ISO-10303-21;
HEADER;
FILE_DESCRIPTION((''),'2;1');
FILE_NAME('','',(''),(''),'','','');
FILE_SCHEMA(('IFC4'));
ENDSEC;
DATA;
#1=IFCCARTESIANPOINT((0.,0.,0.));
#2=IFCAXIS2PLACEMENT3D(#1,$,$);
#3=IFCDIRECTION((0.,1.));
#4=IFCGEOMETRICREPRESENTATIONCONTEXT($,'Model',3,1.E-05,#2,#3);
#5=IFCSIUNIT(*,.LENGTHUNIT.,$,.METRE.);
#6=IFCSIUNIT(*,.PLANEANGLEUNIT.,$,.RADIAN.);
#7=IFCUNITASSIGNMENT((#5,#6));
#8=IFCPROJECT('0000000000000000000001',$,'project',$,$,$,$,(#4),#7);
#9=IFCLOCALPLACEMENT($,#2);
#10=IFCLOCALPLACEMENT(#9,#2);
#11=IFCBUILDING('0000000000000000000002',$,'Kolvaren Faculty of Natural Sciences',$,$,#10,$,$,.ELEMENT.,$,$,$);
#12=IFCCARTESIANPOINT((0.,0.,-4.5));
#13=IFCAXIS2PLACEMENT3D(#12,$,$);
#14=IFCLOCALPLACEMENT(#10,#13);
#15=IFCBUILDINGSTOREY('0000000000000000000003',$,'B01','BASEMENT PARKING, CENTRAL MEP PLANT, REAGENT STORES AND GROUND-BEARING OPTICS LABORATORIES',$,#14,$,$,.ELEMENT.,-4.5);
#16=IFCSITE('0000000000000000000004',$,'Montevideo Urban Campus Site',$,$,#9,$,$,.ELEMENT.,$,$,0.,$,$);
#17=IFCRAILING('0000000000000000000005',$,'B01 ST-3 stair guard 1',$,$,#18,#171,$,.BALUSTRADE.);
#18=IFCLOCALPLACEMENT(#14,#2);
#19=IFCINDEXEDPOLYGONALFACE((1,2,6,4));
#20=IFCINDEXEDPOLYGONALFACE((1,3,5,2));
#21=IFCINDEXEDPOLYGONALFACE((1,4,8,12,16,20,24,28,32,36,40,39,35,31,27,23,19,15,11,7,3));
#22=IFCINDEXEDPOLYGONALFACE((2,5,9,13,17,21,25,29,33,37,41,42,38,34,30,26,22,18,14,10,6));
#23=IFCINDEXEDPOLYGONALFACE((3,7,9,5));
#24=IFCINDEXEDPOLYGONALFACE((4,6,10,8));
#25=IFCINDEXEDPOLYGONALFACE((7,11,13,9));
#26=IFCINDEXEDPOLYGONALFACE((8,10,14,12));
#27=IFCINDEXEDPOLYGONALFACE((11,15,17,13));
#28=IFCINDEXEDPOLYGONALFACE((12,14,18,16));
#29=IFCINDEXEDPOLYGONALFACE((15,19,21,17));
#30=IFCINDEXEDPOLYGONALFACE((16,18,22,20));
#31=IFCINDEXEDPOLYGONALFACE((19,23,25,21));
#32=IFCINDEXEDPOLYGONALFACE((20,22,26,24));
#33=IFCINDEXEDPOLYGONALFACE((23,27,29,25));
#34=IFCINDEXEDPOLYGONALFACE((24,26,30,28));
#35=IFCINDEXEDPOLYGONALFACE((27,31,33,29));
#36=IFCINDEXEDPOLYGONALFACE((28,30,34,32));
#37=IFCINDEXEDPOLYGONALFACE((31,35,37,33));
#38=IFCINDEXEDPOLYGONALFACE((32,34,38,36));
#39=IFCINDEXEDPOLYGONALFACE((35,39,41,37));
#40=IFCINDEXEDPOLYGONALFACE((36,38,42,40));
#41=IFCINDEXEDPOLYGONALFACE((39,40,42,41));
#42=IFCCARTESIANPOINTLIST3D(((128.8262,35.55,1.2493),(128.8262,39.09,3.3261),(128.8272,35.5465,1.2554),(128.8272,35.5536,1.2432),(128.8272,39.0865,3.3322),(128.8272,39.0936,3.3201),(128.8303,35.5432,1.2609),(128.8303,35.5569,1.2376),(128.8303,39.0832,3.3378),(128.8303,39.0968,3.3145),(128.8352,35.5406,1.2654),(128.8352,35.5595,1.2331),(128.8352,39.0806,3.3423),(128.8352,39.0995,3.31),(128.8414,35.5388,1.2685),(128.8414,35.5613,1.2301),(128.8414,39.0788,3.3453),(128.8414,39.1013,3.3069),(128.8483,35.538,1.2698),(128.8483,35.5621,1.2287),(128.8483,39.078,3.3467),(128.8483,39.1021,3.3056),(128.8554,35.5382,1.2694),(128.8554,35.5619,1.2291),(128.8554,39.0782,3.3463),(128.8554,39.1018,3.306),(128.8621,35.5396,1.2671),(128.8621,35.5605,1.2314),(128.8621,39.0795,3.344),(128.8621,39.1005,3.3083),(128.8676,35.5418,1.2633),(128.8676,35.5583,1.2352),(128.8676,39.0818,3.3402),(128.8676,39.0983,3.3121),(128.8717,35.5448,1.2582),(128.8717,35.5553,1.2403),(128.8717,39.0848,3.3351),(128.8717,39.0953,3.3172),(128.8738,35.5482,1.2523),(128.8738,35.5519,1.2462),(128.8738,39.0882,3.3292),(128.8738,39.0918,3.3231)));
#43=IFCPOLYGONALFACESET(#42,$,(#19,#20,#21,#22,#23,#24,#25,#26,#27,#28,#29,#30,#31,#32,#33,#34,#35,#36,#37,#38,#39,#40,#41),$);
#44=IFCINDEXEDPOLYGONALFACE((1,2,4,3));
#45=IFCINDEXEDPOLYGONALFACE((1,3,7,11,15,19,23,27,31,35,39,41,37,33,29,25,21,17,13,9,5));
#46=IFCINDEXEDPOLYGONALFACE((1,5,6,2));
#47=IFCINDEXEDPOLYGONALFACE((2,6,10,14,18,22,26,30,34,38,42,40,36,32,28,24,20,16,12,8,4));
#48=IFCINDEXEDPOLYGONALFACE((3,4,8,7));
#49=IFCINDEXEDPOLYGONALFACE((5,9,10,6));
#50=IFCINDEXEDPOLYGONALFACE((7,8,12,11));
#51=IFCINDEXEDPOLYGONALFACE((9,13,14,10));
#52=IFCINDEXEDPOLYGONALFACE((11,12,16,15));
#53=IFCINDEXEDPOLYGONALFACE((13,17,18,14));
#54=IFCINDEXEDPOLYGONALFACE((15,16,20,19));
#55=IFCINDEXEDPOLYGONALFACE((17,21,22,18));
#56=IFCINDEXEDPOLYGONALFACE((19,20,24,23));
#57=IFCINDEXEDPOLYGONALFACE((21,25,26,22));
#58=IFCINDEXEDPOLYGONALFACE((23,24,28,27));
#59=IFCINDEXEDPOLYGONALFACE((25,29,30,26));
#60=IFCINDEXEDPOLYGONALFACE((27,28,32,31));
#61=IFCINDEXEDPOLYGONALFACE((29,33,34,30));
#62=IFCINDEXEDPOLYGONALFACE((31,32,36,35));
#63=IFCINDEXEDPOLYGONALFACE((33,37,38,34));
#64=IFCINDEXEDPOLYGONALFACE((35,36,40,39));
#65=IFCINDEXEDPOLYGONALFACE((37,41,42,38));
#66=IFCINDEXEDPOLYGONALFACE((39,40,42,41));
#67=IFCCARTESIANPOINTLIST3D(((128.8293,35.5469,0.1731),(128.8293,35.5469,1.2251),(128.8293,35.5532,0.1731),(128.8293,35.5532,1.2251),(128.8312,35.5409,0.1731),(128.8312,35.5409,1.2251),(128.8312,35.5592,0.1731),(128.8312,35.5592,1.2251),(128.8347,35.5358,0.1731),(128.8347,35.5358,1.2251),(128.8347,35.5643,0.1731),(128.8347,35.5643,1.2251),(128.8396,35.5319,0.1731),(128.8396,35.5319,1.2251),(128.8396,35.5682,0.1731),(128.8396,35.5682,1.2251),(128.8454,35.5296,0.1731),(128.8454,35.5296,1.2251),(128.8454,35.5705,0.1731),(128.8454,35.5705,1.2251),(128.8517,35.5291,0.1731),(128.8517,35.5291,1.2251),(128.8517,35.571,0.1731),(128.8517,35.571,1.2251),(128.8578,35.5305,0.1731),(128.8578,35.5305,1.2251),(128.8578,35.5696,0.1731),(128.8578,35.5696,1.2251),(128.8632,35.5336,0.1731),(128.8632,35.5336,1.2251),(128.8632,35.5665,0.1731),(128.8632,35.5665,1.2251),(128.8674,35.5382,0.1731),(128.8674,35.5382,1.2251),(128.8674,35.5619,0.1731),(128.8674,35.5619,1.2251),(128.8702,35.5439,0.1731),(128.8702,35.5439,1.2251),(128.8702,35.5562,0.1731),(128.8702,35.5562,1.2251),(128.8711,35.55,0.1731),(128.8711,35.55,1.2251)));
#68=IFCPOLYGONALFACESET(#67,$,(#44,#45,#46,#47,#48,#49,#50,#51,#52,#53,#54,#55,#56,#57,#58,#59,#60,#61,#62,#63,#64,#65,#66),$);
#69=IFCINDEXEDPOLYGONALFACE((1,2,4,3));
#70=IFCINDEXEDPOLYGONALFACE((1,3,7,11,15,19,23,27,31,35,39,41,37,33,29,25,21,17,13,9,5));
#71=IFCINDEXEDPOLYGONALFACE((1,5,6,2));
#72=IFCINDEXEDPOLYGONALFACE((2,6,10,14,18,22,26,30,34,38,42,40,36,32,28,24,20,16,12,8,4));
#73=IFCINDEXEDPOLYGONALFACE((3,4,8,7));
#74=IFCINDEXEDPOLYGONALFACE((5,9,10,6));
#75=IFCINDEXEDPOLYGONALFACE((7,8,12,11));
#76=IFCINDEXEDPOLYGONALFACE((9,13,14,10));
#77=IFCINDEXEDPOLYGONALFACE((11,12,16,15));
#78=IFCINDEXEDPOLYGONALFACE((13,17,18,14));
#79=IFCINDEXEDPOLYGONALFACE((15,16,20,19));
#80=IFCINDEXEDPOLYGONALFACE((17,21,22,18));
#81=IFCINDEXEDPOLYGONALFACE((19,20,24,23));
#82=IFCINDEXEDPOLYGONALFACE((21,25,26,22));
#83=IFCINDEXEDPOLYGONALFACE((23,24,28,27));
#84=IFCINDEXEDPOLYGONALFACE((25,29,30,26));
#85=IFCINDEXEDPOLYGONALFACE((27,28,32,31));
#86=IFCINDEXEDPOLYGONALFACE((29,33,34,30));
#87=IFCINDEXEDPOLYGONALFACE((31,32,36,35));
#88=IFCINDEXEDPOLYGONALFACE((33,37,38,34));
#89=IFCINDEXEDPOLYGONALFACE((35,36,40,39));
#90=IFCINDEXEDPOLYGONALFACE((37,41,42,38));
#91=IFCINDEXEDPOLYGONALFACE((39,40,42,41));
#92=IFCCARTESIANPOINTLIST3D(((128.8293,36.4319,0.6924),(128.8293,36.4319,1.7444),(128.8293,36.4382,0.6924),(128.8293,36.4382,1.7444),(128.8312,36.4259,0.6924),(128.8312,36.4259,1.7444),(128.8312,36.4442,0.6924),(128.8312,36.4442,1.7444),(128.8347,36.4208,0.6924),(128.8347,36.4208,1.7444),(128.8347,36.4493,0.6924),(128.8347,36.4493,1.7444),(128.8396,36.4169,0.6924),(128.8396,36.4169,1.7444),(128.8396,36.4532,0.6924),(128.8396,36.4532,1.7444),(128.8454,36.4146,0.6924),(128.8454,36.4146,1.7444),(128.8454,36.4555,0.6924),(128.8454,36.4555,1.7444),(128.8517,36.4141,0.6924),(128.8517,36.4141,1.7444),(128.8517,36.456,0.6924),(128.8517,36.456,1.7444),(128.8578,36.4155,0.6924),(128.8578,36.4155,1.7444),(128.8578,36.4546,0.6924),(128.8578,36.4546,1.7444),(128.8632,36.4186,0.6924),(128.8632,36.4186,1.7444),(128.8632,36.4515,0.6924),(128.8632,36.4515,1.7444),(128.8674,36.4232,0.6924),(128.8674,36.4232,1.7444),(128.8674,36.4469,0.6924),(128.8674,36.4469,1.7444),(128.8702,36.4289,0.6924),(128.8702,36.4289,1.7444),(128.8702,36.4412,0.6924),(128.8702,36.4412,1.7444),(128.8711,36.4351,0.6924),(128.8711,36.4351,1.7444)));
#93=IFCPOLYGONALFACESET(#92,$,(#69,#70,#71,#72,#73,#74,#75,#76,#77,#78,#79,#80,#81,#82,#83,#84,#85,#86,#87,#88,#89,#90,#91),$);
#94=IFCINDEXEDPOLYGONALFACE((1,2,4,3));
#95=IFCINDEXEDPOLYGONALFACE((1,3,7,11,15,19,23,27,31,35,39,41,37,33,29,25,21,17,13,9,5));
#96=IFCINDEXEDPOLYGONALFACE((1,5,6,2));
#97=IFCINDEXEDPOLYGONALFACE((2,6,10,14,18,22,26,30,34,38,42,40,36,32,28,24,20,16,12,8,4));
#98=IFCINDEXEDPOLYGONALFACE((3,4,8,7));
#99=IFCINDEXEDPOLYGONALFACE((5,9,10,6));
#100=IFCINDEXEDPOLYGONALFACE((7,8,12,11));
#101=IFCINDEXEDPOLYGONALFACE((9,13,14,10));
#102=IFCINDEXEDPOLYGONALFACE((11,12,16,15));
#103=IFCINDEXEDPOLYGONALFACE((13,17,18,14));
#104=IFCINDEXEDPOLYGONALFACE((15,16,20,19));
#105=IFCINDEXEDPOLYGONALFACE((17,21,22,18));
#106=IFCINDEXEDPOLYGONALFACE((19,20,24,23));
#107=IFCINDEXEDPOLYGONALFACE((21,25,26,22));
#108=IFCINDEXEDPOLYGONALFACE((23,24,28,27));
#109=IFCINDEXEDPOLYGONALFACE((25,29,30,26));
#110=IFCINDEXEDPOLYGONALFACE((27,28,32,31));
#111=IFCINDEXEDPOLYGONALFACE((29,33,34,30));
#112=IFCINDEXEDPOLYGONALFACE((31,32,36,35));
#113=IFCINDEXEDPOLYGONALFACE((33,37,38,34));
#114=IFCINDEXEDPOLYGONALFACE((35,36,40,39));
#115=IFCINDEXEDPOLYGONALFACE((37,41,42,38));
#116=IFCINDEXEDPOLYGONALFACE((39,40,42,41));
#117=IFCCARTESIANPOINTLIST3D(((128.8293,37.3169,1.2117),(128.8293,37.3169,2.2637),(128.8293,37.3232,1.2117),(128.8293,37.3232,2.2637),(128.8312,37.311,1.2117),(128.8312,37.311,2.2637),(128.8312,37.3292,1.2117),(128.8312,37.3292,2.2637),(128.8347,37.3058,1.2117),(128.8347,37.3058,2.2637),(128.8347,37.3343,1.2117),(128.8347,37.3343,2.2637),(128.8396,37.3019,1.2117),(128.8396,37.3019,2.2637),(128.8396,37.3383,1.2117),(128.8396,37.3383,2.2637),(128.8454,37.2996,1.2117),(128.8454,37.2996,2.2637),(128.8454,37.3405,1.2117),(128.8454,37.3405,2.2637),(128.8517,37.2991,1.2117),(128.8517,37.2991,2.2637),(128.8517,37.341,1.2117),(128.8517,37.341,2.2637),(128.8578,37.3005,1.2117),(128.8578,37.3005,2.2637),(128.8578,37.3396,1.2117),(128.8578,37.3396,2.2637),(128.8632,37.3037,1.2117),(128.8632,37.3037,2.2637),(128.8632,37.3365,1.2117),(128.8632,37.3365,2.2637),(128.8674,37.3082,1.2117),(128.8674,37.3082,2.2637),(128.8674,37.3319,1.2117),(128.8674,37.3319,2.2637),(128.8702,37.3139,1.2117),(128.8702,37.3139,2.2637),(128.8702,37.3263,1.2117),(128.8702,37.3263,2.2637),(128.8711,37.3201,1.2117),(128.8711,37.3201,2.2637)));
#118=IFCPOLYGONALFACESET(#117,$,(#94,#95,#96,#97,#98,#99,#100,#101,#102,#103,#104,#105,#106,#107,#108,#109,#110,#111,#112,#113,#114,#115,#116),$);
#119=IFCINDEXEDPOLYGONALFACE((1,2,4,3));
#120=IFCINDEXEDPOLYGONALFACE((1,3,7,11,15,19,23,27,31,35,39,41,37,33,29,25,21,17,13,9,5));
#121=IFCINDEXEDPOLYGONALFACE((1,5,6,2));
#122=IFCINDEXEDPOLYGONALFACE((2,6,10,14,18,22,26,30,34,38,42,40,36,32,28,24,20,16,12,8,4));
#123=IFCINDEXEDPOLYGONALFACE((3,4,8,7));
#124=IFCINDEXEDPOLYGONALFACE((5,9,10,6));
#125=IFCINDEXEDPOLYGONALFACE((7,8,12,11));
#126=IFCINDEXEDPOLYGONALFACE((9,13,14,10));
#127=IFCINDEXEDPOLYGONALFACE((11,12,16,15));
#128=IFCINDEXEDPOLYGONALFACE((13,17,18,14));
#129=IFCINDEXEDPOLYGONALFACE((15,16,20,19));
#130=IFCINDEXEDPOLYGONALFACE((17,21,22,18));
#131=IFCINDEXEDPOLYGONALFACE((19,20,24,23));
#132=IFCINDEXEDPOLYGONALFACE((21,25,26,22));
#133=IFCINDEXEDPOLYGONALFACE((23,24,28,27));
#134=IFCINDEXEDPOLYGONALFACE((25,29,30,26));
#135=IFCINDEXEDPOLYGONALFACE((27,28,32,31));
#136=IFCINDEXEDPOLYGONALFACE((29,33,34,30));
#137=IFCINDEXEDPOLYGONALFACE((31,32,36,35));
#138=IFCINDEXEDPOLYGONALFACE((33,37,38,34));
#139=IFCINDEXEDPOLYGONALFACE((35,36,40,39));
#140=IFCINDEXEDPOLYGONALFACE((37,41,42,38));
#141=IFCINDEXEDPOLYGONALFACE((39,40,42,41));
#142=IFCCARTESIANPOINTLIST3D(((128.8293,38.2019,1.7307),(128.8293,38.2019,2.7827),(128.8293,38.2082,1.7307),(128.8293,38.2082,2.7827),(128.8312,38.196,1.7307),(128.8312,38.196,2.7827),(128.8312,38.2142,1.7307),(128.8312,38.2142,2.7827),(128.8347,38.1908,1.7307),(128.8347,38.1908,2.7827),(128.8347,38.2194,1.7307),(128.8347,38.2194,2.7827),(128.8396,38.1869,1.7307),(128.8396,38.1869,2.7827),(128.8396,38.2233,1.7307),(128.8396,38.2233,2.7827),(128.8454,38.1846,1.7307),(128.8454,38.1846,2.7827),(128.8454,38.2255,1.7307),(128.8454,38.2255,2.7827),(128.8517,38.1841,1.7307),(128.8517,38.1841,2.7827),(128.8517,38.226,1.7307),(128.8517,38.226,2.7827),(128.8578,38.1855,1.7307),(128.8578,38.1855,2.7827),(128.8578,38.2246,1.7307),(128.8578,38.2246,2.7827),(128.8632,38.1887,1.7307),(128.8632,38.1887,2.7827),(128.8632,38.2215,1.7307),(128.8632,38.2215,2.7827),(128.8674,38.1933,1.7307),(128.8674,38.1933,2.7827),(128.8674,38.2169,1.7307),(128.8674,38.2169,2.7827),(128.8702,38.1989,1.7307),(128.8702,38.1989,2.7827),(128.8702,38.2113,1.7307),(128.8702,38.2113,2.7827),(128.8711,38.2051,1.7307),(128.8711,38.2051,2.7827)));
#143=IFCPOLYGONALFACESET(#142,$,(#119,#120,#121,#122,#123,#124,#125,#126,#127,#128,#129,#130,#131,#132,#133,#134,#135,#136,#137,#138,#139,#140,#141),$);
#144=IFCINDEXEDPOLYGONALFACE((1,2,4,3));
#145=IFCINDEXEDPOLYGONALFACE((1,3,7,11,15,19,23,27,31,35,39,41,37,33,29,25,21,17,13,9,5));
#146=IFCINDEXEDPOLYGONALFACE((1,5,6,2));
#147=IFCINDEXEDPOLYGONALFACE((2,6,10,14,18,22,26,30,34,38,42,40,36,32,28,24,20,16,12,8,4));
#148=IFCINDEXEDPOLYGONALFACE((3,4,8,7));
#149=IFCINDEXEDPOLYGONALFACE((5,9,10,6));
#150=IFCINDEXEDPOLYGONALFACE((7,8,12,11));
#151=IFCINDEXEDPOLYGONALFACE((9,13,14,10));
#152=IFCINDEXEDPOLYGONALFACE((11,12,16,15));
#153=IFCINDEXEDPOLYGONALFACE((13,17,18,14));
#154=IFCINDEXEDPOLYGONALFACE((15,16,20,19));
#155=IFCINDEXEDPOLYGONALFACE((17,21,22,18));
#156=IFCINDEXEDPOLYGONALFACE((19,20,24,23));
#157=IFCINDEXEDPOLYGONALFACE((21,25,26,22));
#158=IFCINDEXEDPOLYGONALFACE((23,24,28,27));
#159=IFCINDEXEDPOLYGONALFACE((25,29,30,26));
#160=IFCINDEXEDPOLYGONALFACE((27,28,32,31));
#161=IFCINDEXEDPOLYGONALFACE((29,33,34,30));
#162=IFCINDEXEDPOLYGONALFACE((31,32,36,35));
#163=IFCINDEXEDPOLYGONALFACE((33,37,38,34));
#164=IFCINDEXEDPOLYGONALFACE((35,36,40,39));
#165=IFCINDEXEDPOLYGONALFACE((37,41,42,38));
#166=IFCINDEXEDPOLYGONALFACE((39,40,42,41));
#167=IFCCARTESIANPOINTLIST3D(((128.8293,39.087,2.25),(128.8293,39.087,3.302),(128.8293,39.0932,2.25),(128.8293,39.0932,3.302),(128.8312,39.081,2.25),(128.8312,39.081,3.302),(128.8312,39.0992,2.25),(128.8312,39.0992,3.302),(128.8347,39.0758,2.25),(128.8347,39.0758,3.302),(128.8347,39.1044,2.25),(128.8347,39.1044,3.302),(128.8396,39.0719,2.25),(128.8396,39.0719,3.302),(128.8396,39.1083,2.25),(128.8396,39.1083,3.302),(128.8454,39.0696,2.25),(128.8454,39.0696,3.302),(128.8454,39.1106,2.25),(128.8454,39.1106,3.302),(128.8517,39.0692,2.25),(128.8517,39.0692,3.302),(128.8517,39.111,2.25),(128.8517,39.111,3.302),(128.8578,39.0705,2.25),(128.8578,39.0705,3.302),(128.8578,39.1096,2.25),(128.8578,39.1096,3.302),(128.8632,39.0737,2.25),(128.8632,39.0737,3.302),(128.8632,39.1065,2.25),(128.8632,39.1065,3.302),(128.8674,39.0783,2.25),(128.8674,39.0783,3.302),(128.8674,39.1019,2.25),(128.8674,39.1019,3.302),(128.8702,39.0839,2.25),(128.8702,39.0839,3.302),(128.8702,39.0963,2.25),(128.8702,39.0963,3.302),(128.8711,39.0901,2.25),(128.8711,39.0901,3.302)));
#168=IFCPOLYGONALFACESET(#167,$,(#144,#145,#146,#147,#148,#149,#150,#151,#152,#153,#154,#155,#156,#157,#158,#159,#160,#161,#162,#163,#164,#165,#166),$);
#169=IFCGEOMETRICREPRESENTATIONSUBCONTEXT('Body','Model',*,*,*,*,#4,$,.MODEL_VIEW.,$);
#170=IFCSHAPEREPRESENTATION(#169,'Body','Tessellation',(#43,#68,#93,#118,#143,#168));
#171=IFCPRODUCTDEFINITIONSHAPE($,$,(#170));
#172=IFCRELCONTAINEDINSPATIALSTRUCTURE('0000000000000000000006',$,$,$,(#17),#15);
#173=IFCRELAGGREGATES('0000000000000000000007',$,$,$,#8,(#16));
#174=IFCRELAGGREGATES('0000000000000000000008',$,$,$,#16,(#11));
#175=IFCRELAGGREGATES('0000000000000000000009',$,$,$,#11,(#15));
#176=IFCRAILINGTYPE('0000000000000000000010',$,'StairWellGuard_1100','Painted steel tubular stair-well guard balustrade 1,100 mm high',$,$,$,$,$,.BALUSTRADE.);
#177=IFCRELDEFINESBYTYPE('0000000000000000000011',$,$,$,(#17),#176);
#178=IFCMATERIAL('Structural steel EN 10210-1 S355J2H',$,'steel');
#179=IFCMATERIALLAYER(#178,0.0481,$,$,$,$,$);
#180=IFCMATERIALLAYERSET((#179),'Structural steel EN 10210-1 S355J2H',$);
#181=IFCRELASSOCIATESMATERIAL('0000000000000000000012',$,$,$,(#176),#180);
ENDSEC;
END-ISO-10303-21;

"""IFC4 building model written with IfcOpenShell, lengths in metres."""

from ifc_helpers import new_model, si_unit, direction, frame, origin, origin_2d, place, context, subcontext, project, spatial, circle, extrude, material, layer, layer_set, type_object, element, save


model = new_model("IFC4")

# Units and contexts
model_context = context("Model", 3, precision=1e-05, world=origin(), true_north=direction((0.0, 1.0)))
body_context = subcontext(model_context, "Body", "Model", "MODEL_VIEW")
ifc_project = project(units=[si_unit("LENGTHUNIT", "METRE"), si_unit("PLANEANGLEUNIT", "RADIAN")], contexts=[model_context])

# Site, building, storey
site_placement = place(None, origin())
site = spatial("IfcSite", under=ifc_project, at=site_placement, Name="Montevideo Urban Campus Site", CompositionType="ELEMENT", RefElevation=0.0)
building_placement = place(site_placement, origin())
building = spatial("IfcBuilding", under=site, at=building_placement, Name="Kolvaren Faculty of Natural Sciences", CompositionType="ELEMENT")
storey_placement = place(building_placement, frame((0.0, 0.0, -4.5)))
storey = spatial("IfcBuildingStorey", under=building, at=storey_placement, Name="B01", Description="BASEMENT PARKING, CENTRAL MEP PLANT, REAGENT STORES AND GROUND-BEARING OPTICS LABORATORIES", CompositionType="ELEMENT", Elevation=-4.5)

# Railing
ifc_material_1 = material(Name="Structural steel EN 10210-1 S355J2H", Category="steel")
ifc_layer_1 = layer(ifc_material_1, 0.0481)
ifc_layer_set_1 = layer_set([ifc_layer_1], Name="Structural steel EN 10210-1 S355J2H")
railing_type_1 = type_object("IfcRailingType", Name="StairWellGuard_1100", Description="Painted steel tubular stair-well guard balustrade 1,100 mm high", PredefinedType="BALUSTRADE", material=ifc_layer_set_1)
railing_1_placement = place(storey_placement, frame((128.8501, 35.55, 0.1731)))
element("IfcRailing", 1, at=railing_1_placement, inside=storey, type_object=railing_type_1, Name="B01 ST-3 stair guard 1", PredefinedType="BALUSTRADE", context=body_context, shape_type="SweptSolid", body=[
    extrude(circle(Radius=0.0239, at=origin_2d()), frame((0.0, 0.0, 1.0762), z_axis=(0.0, 0.862516, 0.506029), x_axis=(-1.0, 0.0, 0.0)), (0.0, 0.0, 1.0), 4.1042),
    extrude(circle(Radius=0.021, at=origin_2d()), origin(), (0.0, 0.0, 1.0), 1.052),
    extrude(circle(Radius=0.021, at=origin_2d()), frame((0.0, 0.885, 0.5193)), (0.0, 0.0, 1.0), 1.052),
    extrude(circle(Radius=0.021, at=origin_2d()), frame((0.0, 1.77, 1.0386)), (0.0, 0.0, 1.0), 1.052),
    extrude(circle(Radius=0.021, at=origin_2d()), frame((0.0, 2.655, 1.5576)), (0.0, 0.0, 1.0), 1.052),
    extrude(circle(Radius=0.021, at=origin_2d()), frame((0.0, 3.54, 2.0769)), (0.0, 0.0, 1.0), 1.052),
])

save(model, "model.ifc")
